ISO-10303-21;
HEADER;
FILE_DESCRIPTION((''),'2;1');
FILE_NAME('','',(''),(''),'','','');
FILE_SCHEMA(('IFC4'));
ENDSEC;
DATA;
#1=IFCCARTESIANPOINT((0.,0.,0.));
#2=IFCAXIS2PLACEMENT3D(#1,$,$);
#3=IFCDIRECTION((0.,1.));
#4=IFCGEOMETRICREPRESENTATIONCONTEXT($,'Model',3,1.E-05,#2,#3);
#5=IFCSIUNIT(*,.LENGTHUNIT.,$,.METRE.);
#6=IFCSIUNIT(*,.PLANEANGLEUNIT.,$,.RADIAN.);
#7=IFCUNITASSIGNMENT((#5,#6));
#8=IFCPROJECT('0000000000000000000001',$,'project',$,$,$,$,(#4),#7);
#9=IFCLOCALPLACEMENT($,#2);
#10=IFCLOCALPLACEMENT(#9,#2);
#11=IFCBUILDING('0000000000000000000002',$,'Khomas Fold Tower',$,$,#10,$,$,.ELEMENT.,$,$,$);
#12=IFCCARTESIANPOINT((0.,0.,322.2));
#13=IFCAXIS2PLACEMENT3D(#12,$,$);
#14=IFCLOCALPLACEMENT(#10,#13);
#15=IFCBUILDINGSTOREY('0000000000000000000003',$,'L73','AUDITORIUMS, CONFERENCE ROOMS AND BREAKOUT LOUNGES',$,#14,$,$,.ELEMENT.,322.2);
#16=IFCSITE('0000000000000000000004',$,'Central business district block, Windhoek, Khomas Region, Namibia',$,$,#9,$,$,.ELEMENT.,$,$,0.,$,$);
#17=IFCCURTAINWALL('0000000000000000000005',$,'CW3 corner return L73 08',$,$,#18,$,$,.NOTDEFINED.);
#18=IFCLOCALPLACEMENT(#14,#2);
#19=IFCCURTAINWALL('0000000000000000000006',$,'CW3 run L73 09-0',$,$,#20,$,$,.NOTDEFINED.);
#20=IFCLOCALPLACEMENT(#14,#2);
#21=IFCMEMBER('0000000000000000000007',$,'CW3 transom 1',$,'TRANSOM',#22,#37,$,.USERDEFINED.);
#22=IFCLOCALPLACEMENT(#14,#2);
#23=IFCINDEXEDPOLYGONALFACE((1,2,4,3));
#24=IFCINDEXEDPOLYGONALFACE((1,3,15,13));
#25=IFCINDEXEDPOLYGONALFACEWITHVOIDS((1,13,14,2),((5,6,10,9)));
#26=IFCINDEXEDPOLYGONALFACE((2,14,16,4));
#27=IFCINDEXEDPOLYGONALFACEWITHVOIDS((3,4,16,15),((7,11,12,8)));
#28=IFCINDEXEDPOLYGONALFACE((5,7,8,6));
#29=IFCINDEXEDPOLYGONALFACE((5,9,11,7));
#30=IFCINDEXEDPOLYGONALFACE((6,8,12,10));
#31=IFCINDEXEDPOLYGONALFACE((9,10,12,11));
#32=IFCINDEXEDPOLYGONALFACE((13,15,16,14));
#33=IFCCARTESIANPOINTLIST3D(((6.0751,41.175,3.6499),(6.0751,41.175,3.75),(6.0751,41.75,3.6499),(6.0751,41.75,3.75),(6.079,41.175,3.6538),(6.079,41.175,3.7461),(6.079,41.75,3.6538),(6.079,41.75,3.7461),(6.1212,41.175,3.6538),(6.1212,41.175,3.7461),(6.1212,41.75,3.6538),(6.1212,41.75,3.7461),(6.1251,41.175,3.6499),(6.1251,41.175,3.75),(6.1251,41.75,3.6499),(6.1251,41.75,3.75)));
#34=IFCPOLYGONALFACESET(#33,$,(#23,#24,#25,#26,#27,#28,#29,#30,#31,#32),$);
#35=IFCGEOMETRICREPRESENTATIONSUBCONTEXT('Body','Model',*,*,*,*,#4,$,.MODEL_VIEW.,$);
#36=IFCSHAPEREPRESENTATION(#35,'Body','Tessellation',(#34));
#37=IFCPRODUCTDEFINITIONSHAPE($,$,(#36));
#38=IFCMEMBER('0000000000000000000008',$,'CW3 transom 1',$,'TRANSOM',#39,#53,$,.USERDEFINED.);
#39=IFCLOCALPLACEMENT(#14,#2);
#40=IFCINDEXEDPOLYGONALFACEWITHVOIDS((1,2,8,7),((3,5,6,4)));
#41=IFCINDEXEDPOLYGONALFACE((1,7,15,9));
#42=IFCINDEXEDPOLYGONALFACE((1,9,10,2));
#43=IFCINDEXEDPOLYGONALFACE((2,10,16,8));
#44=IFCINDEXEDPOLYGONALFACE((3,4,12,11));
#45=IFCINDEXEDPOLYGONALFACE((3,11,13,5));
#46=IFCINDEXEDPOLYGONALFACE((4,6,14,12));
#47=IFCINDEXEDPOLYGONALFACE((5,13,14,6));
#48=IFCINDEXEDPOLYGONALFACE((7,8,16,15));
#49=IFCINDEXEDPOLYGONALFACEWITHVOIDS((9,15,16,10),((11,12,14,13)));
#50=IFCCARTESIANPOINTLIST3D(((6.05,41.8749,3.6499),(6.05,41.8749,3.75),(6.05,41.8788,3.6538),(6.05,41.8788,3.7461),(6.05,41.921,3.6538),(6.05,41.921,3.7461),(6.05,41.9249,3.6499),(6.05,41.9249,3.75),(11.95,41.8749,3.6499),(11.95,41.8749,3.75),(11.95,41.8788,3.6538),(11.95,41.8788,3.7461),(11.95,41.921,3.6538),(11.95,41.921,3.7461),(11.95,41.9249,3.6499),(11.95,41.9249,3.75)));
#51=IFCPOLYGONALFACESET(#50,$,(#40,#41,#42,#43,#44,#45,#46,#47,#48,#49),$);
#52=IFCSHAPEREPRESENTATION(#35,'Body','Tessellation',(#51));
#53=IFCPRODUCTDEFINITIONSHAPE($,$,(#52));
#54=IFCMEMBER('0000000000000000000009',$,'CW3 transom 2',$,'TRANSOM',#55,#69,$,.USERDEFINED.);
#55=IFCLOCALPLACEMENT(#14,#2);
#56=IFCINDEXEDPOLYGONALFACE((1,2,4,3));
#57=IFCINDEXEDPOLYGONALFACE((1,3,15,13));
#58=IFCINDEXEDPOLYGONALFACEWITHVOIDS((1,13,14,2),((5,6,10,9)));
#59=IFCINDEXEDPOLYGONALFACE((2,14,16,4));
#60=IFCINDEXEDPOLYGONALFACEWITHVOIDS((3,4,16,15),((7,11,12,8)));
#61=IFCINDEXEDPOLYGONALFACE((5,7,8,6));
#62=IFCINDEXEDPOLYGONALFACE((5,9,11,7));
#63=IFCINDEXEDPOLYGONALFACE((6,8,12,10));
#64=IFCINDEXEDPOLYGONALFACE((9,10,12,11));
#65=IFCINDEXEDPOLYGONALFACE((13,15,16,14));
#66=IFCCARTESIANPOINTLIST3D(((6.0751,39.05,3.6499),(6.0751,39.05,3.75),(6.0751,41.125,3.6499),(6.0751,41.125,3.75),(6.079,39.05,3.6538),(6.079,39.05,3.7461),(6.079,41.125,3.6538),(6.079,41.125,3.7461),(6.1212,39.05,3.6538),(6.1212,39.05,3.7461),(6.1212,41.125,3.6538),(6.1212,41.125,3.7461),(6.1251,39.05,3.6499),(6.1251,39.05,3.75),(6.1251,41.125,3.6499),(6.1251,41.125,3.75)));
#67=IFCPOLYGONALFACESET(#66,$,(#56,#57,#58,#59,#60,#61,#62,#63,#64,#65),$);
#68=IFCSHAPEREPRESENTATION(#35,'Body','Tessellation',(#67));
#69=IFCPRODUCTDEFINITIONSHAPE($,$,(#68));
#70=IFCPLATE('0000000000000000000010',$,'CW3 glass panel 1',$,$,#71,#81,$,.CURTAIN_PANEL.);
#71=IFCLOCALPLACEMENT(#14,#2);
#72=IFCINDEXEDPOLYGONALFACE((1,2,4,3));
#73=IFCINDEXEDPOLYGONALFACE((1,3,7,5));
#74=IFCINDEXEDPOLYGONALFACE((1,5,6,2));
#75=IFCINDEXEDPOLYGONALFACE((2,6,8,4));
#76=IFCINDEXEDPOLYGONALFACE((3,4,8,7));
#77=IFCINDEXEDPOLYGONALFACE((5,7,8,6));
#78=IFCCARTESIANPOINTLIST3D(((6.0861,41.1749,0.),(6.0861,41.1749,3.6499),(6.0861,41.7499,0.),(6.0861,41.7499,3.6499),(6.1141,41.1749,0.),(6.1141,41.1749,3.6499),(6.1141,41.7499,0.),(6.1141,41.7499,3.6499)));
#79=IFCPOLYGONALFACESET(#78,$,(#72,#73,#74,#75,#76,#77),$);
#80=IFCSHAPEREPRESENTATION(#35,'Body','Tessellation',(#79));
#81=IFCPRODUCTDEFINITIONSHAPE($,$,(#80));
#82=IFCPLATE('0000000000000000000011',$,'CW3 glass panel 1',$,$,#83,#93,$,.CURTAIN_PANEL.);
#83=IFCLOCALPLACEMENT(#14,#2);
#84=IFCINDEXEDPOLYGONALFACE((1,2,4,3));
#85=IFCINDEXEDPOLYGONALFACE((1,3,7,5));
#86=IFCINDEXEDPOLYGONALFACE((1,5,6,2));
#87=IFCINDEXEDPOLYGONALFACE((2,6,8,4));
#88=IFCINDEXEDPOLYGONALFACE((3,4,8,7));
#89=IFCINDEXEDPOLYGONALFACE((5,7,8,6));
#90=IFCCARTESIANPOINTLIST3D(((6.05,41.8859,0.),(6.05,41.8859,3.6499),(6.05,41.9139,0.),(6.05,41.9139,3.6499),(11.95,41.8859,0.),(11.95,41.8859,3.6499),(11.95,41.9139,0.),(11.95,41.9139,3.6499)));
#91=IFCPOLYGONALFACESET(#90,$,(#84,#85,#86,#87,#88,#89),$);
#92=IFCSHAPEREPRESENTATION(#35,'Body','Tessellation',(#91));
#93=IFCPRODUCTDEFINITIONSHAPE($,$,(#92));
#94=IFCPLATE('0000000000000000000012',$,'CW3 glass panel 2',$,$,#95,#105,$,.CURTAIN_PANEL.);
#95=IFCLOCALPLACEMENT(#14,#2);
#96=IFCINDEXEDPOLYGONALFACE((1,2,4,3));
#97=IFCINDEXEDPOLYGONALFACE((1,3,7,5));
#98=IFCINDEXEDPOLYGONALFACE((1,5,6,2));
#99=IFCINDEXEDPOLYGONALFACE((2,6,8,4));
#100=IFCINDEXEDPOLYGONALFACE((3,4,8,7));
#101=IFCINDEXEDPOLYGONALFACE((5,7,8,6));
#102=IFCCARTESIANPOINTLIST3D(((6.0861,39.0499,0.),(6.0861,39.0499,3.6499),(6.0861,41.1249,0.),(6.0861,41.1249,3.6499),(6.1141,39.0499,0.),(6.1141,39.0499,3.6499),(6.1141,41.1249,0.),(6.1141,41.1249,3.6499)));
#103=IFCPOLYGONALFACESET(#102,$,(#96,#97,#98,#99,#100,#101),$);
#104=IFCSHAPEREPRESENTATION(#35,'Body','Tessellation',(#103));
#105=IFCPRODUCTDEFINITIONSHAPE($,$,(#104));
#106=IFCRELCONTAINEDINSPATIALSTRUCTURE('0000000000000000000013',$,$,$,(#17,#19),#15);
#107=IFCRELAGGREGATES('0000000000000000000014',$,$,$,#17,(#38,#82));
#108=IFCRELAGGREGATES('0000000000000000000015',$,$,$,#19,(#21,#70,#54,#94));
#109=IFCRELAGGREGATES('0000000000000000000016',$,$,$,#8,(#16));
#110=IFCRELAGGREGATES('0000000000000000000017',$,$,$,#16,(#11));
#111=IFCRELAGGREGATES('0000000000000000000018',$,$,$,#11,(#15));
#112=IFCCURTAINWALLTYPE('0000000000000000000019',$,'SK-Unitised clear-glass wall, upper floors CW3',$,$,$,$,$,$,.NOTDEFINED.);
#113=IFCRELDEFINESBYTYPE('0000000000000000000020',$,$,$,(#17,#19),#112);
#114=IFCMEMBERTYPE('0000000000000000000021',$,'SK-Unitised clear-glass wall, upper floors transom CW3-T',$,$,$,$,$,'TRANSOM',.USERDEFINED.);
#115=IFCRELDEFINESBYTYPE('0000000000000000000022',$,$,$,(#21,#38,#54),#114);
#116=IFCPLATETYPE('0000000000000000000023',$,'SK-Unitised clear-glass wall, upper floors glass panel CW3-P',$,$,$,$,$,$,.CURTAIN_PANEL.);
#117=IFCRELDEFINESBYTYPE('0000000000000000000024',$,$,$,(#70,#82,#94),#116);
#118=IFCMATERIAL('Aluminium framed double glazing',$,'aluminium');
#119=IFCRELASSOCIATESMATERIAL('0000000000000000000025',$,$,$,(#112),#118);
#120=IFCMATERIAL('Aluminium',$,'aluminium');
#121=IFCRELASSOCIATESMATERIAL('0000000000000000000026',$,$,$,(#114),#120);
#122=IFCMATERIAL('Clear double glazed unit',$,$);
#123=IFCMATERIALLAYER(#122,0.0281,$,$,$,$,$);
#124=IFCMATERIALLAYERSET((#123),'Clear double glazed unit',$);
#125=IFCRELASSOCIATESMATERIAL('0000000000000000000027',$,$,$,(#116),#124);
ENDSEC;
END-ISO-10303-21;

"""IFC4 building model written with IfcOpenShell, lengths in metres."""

from ifc_helpers import new_model, si_unit, direction, frame, origin, origin_2d, place, context, subcontext, project, spatial, rectangle, hollow_rectangle, extrude, source, transform, mapped, material, layer, layer_set, material_profile, profile_set, type_object, element, aggregate, save


model = new_model("IFC4")

# Units and contexts
model_context = context("Model", 3, precision=1e-05, world=origin(), true_north=direction((0.0, 1.0)))
body_context = subcontext(model_context, "Body", "Model", "MODEL_VIEW")
ifc_project = project(units=[si_unit("LENGTHUNIT", "METRE"), si_unit("PLANEANGLEUNIT", "RADIAN")], contexts=[model_context])

# Site, building, storey
site_placement = place(None, origin())
site = spatial("IfcSite", under=ifc_project, at=site_placement, Name="Central business district block, Windhoek, Khomas Region, Namibia", CompositionType="ELEMENT", RefElevation=0.0)
building_placement = place(site_placement, origin())
building = spatial("IfcBuilding", under=site, at=building_placement, Name="Khomas Fold Tower", CompositionType="ELEMENT")
storey_placement = place(building_placement, frame((0.0, 0.0, 322.2)))
storey = spatial("IfcBuildingStorey", under=building, at=storey_placement, Name="L73", Description="AUDITORIUMS, CONFERENCE ROOMS AND BREAKOUT LOUNGES", CompositionType="ELEMENT", Elevation=322.2)

# Curtain wall
ifc_material_1 = material(Name="Aluminium framed double glazing", Category="aluminium")
curtain_wall_type = type_object("IfcCurtainWallType", Name="SK-Unitised clear-glass wall, upper floors CW3", PredefinedType="NOTDEFINED", material=ifc_material_1)
curtain_wall_1_placement = place(storey_placement, origin())
curtain_wall_1 = element("IfcCurtainWall", 1, at=curtain_wall_1_placement, inside=storey, type_object=curtain_wall_type, Name="CW3 corner return L73 08", PredefinedType="NOTDEFINED")

# Curtain wall, member
curtain_wall_2_placement = place(storey_placement, origin())
curtain_wall_2 = element("IfcCurtainWall", 2, at=curtain_wall_2_placement, inside=storey, type_object=curtain_wall_type, Name="CW3 run L73 09-0", PredefinedType="NOTDEFINED")
ifc_material_2 = material(Name="Aluminium", Category="aluminium")
ifc_material_profile_1 = material_profile(ifc_material_2, hollow_rectangle(XDim=0.05, YDim=0.1001, WallThickness=0.0039, at=origin_2d()), Name="SK-Unitised clear-glass wall, upper floors transom CW3-T")
ifc_profile_set_1 = profile_set([ifc_material_profile_1], Name="Aluminium")
member_type_1 = type_object("IfcMemberType", Name="SK-Unitised clear-glass wall, upper floors transom CW3-T", ElementType="TRANSOM", PredefinedType="USERDEFINED", material=ifc_profile_set_1)
shared_shape_1 = source(origin(), body_context, "Body", "SweptSolid", [
    extrude(hollow_rectangle(XDim=0.05, YDim=0.1001, WallThickness=0.0039, at=origin_2d()), origin(), (0.0, 0.0, 1.0), 0.575),
])
member_1_placement = place(storey_placement, frame((6.1001, 41.75, 3.7), z_axis=(0.0, -1.0, 0.0), x_axis=(1.0, 0.0, 0.0)))
member_1 = element("IfcMember", 3, at=member_1_placement, type_object=member_type_1, Name="CW3 transom 1", ObjectType="TRANSOM", PredefinedType="USERDEFINED", context=body_context, shape_type="MappedRepresentation", body=[
    mapped(shared_shape_1, transform((0.0, 0.0, 0.0))),
])

# Members
shared_shape_2 = source(origin(), body_context, "Body", "SweptSolid", [
    extrude(hollow_rectangle(XDim=0.05, YDim=0.1001, WallThickness=0.0039, at=origin_2d()), origin(), (0.0, 0.0, 1.0), 5.8999),
])
member_2_placement = place(storey_placement, frame((11.95, 41.8999, 3.7), z_axis=(-1.0, 0.0, 0.0), x_axis=(0.0, -1.0, 0.0)))
member_2 = element("IfcMember", 4, at=member_2_placement, type_object=member_type_1, Name="CW3 transom 1", ObjectType="TRANSOM", PredefinedType="USERDEFINED", context=body_context, shape_type="MappedRepresentation", body=[
    mapped(shared_shape_2, transform((0.0, 0.0, 0.0))),
])
shared_shape_3 = source(origin(), body_context, "Body", "SweptSolid", [
    extrude(hollow_rectangle(XDim=0.05, YDim=0.1001, WallThickness=0.0039, at=origin_2d()), origin(), (0.0, 0.0, 1.0), 2.075),
])
member_3_placement = place(storey_placement, frame((6.1001, 41.125, 3.7), z_axis=(0.0, -1.0, 0.0), x_axis=(1.0, 0.0, 0.0)))
member_3 = element("IfcMember", 5, at=member_3_placement, type_object=member_type_1, Name="CW3 transom 2", ObjectType="TRANSOM", PredefinedType="USERDEFINED", context=body_context, shape_type="MappedRepresentation", body=[
    mapped(shared_shape_3, transform((0.0, 0.0, 0.0))),
])

# Plates
ifc_material_3 = material(Name="Clear double glazed unit")
ifc_layer_1 = layer(ifc_material_3, 0.0281)
ifc_layer_set_1 = layer_set([ifc_layer_1], Name="Clear double glazed unit")
plate_type = type_object("IfcPlateType", Name="SK-Unitised clear-glass wall, upper floors glass panel CW3-P", PredefinedType="CURTAIN_PANEL", material=ifc_layer_set_1)
shared_shape_4 = source(origin(), body_context, "Body", "SweptSolid", [
    extrude(rectangle(XDim=0.575, YDim=0.0281, at=origin_2d()), origin(), (0.0, 0.0, 1.0), 3.6499),
])
plate_1_placement = place(storey_placement, frame((6.1001, 41.4624, 0.0), z_axis=(0.0, 0.0, 1.0), x_axis=(0.0, -1.0, 0.0)))
plate_1 = element("IfcPlate", 6, at=plate_1_placement, type_object=plate_type, Name="CW3 glass panel 1", PredefinedType="CURTAIN_PANEL", context=body_context, shape_type="MappedRepresentation", body=[
    mapped(shared_shape_4, transform((0.0, 0.0, 0.0))),
])
shared_shape_5 = source(origin(), body_context, "Body", "SweptSolid", [
    extrude(rectangle(XDim=5.8999, YDim=0.0281, at=origin_2d()), origin(), (0.0, 0.0, 1.0), 3.6499),
])
plate_2_placement = place(storey_placement, frame((9.0, 41.8999, 0.0), z_axis=(0.0, 0.0, 1.0), x_axis=(-1.0, 0.0, 0.0)))
plate_2 = element("IfcPlate", 7, at=plate_2_placement, type_object=plate_type, Name="CW3 glass panel 1", PredefinedType="CURTAIN_PANEL", context=body_context, shape_type="MappedRepresentation", body=[
    mapped(shared_shape_5, transform((0.0, 0.0, 0.0))),
])
aggregate(curtain_wall_1, [member_2, plate_2])
shared_shape_6 = source(origin(), body_context, "Body", "SweptSolid", [
    extrude(rectangle(XDim=2.075, YDim=0.0281, at=origin_2d()), origin(), (0.0, 0.0, 1.0), 3.6499),
])
plate_3_placement = place(storey_placement, frame((6.1001, 40.0874, 0.0), z_axis=(0.0, 0.0, 1.0), x_axis=(0.0, -1.0, 0.0)))
plate_3 = element("IfcPlate", 8, at=plate_3_placement, type_object=plate_type, Name="CW3 glass panel 2", PredefinedType="CURTAIN_PANEL", context=body_context, shape_type="MappedRepresentation", body=[
    mapped(shared_shape_6, transform((0.0, 0.0, 0.0))),
])
aggregate(curtain_wall_2, [member_1, plate_1, member_3, plate_3])

save(model, "model.ifc")
